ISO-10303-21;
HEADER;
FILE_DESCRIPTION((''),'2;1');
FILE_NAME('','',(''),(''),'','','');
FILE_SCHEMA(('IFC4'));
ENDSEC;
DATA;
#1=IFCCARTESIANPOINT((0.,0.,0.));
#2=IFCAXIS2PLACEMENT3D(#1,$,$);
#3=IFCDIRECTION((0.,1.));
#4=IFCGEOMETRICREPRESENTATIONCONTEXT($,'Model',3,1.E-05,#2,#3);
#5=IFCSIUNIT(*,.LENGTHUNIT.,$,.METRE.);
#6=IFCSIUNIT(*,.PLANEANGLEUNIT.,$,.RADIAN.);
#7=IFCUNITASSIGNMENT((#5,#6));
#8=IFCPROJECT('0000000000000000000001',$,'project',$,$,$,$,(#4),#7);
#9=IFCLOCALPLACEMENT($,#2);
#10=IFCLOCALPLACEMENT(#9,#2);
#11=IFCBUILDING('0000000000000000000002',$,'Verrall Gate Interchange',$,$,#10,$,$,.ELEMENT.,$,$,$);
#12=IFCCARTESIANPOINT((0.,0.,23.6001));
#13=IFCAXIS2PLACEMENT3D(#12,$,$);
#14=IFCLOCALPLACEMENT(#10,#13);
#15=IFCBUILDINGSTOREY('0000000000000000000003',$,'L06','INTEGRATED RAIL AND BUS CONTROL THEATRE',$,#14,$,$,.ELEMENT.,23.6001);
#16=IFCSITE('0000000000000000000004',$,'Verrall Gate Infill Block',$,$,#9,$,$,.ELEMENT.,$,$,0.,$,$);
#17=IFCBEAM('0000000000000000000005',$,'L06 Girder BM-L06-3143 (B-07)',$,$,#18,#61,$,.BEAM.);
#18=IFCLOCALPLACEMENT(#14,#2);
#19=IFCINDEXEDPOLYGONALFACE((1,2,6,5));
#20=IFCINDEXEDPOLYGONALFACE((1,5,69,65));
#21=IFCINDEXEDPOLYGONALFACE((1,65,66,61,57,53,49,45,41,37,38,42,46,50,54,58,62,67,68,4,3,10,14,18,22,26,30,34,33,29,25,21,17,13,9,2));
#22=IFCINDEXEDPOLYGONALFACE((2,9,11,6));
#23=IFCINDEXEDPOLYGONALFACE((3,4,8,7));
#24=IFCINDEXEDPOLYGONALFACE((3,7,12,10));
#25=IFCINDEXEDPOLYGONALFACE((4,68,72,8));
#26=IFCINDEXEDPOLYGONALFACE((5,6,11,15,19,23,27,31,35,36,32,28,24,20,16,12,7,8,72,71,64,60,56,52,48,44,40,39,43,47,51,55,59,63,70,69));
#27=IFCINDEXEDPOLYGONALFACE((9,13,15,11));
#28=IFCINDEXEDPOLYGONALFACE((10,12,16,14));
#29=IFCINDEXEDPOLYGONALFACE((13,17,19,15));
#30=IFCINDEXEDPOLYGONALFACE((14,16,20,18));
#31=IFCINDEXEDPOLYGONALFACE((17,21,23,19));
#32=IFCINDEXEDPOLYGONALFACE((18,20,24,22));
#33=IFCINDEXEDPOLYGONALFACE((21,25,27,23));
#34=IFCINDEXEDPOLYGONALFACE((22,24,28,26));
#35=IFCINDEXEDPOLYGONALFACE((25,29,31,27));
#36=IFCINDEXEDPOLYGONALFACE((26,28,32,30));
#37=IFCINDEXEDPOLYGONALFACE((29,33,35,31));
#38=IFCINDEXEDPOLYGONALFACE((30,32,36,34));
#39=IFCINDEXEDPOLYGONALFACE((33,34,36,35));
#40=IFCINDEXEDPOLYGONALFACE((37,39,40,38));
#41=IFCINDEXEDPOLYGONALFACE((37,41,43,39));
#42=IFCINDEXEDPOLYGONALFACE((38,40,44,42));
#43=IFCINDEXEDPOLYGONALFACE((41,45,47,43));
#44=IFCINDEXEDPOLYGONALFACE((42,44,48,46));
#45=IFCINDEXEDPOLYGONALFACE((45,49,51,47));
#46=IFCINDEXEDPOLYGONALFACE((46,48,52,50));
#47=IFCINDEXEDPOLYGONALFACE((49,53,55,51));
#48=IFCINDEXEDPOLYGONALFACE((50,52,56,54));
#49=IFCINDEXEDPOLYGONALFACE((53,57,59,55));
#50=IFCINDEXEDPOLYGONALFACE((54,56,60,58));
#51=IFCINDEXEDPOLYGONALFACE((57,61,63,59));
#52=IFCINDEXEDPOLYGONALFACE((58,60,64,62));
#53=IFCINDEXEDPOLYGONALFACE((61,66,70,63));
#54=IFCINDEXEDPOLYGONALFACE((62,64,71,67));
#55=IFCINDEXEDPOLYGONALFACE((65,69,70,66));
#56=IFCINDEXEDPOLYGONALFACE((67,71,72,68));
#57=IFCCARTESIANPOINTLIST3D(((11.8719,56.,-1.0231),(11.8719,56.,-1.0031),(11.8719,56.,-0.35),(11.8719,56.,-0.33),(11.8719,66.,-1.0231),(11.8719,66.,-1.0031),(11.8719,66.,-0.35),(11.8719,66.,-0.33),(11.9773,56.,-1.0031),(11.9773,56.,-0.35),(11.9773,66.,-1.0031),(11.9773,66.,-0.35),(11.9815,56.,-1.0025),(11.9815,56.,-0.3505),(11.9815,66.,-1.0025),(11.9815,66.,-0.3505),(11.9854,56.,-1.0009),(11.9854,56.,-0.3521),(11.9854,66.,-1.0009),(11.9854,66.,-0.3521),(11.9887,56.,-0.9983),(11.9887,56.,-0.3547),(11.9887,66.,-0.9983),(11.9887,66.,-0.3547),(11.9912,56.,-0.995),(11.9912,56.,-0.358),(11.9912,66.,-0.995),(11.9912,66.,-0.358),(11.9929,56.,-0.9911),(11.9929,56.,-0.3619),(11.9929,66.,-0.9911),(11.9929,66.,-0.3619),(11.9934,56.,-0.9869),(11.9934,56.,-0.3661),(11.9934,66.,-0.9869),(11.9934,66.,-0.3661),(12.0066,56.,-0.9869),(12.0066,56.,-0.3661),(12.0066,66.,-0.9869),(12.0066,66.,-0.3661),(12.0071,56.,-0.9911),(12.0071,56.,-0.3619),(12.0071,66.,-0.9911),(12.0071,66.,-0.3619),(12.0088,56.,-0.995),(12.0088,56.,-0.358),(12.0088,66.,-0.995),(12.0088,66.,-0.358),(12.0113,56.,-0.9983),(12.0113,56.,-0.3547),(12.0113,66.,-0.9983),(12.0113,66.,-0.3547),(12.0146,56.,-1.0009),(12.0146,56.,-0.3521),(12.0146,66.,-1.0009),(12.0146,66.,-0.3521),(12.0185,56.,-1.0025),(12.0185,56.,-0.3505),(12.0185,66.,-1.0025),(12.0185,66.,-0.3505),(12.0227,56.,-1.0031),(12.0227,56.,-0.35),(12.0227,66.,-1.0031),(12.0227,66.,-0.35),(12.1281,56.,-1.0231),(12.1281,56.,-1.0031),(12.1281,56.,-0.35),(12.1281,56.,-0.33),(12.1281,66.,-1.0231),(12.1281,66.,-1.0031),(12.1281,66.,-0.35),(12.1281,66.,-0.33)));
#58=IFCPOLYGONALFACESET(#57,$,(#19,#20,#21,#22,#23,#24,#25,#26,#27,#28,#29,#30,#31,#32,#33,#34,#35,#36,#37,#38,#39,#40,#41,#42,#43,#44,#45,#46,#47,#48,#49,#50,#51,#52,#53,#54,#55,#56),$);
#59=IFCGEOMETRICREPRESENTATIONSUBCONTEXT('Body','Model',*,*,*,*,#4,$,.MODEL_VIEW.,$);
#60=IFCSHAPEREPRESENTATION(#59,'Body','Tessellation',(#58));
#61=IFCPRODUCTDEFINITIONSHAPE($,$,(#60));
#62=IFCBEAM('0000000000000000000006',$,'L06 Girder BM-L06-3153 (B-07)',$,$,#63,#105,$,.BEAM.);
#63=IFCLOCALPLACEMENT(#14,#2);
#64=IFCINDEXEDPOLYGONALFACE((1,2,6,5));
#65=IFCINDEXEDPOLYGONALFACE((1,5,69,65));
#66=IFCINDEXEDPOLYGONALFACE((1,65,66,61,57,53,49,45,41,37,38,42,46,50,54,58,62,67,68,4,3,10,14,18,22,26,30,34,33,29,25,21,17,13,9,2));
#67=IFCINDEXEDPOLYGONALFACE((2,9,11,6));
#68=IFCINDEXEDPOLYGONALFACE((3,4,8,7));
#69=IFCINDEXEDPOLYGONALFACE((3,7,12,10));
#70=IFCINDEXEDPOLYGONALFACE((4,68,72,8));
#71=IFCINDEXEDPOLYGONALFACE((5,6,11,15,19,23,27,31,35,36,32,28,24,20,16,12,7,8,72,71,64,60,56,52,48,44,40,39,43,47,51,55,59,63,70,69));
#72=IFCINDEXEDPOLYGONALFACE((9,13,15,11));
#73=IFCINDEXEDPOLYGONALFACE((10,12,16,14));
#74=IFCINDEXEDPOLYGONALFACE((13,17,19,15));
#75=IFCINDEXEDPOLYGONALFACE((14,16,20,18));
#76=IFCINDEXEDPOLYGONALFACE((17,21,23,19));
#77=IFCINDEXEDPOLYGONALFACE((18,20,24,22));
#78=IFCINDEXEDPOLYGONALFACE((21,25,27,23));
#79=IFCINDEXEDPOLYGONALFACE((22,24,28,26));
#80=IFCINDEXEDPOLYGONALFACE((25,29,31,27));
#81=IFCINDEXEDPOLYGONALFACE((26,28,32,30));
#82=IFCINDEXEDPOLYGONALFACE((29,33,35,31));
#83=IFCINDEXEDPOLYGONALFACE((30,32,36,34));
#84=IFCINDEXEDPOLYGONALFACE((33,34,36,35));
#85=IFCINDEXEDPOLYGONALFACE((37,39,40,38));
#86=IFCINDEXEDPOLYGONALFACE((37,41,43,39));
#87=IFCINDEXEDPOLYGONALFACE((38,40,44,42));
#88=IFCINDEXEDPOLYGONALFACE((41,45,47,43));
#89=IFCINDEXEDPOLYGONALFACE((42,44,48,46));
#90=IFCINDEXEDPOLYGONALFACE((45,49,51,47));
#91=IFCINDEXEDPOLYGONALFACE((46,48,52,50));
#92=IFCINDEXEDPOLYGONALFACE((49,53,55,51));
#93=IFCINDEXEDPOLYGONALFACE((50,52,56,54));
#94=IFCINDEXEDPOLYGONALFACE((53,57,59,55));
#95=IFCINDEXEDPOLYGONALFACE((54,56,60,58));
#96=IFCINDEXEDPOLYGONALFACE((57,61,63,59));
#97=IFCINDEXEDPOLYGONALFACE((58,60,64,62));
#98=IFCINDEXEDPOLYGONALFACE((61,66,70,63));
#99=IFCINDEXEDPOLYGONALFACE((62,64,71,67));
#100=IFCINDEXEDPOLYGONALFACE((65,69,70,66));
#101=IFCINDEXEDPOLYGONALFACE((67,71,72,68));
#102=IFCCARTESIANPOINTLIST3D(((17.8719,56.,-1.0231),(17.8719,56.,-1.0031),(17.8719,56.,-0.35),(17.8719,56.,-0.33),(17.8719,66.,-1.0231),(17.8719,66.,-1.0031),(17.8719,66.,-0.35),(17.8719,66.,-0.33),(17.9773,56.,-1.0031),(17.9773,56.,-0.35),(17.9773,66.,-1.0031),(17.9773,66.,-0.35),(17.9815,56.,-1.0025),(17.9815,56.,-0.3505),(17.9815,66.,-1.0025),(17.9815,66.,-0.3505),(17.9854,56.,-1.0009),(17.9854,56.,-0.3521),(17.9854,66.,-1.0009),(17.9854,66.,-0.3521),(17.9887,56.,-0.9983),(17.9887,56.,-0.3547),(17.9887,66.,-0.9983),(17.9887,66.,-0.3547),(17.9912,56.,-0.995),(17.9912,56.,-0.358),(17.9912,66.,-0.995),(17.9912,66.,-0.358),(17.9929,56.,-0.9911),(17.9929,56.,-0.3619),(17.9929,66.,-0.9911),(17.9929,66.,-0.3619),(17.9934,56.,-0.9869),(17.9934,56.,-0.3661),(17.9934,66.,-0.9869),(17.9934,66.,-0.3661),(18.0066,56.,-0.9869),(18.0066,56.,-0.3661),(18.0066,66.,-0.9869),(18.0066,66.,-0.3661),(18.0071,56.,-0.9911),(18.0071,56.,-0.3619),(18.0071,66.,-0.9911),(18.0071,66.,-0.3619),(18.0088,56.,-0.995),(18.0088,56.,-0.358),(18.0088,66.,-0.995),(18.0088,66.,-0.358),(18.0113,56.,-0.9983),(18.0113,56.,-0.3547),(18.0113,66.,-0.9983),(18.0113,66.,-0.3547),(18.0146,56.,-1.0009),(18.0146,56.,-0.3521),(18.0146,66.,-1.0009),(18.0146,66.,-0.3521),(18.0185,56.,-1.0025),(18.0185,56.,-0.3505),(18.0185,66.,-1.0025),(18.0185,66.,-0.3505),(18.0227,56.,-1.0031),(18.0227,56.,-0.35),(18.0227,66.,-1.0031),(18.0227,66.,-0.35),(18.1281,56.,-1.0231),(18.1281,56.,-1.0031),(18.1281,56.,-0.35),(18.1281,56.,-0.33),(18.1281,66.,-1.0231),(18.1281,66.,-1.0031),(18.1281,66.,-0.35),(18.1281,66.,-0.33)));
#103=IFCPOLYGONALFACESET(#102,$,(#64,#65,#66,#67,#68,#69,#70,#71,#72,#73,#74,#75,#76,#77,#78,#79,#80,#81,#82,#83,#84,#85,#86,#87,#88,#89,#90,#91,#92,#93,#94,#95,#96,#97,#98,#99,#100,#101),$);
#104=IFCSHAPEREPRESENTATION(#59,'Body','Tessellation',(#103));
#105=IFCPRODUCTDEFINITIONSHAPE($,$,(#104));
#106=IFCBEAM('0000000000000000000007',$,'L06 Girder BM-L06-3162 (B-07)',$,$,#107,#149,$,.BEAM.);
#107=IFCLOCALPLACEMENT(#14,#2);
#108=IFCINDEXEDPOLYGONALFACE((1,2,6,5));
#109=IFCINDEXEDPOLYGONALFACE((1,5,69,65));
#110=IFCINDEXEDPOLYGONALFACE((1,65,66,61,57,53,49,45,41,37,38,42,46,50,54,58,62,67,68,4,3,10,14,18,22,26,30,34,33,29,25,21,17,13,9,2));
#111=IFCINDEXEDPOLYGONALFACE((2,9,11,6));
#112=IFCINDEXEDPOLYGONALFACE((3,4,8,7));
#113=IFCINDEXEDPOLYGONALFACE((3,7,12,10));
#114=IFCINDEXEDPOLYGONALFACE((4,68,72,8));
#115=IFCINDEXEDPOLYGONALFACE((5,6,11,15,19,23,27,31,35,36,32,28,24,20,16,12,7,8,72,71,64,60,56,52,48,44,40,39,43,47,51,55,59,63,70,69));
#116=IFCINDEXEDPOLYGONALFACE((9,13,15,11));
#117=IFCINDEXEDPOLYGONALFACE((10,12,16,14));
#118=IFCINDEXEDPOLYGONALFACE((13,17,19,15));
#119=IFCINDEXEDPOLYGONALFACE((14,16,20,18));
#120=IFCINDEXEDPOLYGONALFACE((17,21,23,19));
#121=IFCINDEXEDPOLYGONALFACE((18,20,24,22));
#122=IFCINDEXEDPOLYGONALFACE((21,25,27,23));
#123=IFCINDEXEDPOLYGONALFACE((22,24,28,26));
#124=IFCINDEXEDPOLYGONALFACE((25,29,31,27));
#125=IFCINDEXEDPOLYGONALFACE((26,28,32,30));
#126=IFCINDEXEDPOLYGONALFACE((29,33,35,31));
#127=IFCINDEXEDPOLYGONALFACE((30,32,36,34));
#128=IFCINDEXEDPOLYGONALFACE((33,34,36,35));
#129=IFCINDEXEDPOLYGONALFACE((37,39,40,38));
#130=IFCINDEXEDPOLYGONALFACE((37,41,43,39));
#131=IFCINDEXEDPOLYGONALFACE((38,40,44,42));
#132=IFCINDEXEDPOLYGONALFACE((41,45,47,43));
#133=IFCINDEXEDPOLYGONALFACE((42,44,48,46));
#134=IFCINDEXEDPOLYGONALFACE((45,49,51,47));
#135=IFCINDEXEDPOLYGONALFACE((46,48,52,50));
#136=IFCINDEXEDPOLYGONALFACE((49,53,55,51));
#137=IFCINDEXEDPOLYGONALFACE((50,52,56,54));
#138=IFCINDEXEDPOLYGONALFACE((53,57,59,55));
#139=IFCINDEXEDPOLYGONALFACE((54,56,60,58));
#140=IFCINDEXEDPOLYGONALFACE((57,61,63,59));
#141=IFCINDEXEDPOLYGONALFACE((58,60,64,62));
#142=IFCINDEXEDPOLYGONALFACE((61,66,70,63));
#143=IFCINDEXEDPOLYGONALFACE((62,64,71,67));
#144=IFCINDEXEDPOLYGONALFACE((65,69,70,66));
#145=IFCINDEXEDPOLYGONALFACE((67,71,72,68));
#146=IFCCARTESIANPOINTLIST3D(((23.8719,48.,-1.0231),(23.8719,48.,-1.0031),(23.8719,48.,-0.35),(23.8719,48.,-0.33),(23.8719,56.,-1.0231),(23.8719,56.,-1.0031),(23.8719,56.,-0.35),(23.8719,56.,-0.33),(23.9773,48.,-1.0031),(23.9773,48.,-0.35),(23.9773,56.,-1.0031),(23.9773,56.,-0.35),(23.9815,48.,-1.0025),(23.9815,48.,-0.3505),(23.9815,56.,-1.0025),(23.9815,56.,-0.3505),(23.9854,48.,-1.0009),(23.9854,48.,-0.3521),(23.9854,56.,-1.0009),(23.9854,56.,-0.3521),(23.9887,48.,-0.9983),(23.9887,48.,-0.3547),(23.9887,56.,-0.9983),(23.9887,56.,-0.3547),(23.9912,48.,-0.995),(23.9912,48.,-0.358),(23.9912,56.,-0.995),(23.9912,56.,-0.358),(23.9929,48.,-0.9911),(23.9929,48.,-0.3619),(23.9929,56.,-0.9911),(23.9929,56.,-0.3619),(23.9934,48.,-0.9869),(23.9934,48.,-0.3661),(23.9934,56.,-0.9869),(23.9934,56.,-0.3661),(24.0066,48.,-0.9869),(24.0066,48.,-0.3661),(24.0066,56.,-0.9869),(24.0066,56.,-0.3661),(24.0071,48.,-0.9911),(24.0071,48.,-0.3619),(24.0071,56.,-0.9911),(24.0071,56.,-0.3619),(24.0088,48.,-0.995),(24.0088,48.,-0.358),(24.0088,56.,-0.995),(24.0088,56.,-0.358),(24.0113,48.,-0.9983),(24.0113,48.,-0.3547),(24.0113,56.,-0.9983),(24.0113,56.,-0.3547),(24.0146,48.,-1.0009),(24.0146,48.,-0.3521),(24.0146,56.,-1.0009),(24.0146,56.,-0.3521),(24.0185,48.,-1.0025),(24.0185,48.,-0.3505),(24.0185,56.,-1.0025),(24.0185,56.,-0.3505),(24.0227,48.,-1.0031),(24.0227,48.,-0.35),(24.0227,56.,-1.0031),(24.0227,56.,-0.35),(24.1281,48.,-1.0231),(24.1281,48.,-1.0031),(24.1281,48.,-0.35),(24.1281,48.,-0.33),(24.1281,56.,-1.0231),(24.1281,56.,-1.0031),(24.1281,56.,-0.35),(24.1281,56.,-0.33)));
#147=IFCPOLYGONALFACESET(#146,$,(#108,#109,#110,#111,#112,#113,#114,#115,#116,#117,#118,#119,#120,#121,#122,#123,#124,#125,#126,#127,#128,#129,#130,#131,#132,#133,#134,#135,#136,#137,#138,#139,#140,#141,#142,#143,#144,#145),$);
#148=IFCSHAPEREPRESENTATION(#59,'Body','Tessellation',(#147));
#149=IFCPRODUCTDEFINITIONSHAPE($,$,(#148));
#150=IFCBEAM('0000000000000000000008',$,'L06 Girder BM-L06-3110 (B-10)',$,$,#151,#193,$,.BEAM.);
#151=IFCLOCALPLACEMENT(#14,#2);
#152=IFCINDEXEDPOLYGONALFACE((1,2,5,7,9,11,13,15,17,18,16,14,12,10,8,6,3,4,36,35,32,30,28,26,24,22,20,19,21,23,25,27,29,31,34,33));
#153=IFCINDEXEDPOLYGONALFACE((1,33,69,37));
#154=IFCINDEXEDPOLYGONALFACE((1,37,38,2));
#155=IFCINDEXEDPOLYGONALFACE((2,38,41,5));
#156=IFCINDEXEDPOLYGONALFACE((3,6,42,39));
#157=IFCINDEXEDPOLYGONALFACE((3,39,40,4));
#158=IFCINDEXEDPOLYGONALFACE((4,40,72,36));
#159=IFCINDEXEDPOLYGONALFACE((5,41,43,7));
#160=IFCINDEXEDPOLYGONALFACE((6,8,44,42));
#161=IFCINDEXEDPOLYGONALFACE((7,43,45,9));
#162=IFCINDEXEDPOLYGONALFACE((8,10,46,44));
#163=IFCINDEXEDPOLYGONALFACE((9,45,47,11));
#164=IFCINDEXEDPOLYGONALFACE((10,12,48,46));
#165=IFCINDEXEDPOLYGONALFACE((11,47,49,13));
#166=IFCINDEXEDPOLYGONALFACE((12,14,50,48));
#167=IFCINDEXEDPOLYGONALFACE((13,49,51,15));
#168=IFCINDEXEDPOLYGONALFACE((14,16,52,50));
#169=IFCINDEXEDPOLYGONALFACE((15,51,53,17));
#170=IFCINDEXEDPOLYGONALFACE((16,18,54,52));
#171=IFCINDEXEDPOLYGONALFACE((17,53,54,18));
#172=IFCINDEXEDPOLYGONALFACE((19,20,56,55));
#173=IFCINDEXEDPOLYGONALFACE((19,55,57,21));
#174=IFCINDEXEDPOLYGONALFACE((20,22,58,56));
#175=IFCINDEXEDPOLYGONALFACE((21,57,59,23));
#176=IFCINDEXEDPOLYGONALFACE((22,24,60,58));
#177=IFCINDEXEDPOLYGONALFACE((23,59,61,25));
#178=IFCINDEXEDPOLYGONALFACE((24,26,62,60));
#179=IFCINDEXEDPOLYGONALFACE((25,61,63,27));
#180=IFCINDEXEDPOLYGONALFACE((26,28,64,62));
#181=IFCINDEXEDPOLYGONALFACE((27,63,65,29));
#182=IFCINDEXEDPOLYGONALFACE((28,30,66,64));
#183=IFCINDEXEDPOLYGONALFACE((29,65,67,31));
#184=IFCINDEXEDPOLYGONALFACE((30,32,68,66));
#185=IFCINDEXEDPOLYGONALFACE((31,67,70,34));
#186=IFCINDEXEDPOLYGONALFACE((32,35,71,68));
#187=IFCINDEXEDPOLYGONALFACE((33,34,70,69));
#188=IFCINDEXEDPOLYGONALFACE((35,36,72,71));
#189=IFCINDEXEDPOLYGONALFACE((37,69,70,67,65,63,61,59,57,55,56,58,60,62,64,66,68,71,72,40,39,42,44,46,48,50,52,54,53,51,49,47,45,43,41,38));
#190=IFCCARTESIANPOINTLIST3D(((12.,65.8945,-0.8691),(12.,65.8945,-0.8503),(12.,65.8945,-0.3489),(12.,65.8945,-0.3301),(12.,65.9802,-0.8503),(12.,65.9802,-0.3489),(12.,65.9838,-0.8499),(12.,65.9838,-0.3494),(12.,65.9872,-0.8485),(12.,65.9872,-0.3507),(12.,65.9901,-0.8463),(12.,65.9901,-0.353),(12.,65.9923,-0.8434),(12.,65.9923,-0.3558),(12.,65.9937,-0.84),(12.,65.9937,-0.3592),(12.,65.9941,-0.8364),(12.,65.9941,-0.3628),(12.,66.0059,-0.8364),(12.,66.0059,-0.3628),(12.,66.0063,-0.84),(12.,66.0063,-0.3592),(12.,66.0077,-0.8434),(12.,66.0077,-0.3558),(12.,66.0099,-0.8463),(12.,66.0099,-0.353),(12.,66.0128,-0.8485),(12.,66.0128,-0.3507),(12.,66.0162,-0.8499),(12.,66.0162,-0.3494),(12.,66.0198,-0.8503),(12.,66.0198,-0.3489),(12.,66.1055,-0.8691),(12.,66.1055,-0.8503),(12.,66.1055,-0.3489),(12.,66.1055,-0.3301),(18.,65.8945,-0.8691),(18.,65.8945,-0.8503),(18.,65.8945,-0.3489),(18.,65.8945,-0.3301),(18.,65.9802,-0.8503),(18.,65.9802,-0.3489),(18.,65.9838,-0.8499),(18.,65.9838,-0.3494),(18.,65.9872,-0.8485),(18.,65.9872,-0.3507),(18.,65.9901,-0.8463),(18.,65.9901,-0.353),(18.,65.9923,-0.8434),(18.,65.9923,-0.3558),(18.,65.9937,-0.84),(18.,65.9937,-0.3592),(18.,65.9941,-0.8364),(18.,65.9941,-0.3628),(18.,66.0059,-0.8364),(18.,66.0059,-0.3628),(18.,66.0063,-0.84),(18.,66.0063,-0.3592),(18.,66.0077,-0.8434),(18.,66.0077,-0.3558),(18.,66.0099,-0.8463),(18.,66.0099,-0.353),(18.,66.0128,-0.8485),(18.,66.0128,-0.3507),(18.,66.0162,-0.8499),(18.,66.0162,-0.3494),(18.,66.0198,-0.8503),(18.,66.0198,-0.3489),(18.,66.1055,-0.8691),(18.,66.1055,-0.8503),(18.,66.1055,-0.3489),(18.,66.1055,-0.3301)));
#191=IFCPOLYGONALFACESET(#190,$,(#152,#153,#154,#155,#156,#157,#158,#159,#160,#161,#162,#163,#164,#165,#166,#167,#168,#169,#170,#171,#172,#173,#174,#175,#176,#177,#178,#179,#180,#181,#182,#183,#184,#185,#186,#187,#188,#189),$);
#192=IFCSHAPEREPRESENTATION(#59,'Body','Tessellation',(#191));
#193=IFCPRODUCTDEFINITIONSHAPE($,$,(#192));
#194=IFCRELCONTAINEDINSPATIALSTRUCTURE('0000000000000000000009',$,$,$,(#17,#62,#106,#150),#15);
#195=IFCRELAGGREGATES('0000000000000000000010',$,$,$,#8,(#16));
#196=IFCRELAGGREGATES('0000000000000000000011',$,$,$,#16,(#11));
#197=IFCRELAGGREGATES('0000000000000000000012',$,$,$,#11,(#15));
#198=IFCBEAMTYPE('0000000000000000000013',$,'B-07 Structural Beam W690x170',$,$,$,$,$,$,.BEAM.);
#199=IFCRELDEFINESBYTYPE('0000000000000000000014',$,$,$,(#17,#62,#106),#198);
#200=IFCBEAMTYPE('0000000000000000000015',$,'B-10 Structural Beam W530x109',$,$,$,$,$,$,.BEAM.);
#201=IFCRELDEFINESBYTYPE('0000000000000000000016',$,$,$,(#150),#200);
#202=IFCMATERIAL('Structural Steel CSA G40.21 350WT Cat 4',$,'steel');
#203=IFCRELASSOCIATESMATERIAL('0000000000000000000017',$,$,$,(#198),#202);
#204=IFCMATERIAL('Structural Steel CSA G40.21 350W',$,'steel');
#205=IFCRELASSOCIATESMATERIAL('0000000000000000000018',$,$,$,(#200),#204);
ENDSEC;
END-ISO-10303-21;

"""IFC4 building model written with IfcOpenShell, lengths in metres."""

from ifc_helpers import new_model, si_unit, direction, frame, origin, origin_2d, place, context, subcontext, project, spatial, i_section, extrude, material, material_profile, profile_set, type_object, element, save


model = new_model("IFC4")

# Units and contexts
model_context = context("Model", 3, precision=1e-05, world=origin(), true_north=direction((0.0, 1.0)))
body_context = subcontext(model_context, "Body", "Model", "MODEL_VIEW")
ifc_project = project(units=[si_unit("LENGTHUNIT", "METRE"), si_unit("PLANEANGLEUNIT", "RADIAN")], contexts=[model_context])

# Site, building, storey
site_placement = place(None, origin())
site = spatial("IfcSite", under=ifc_project, at=site_placement, Name="Verrall Gate Infill Block", CompositionType="ELEMENT", RefElevation=0.0)
building_placement = place(site_placement, origin())
building = spatial("IfcBuilding", under=site, at=building_placement, Name="Verrall Gate Interchange", CompositionType="ELEMENT")
storey_placement = place(building_placement, frame((0.0, 0.0, 23.6001)))
storey = spatial("IfcBuildingStorey", under=building, at=storey_placement, Name="L06", Description="INTEGRATED RAIL AND BUS CONTROL THEATRE", CompositionType="ELEMENT", Elevation=23.6001)

# Beams
ifc_material_1 = material(Name="Structural Steel CSA G40.21 350WT Cat 4", Category="steel")
ifc_material_profile_1 = material_profile(ifc_material_1, i_section(OverallWidth=0.2561, OverallDepth=0.6931, WebThickness=0.0132, FlangeThickness=0.02, FilletRadius=0.0161, at=origin_2d()), Name="W690x170")
ifc_profile_set_1 = profile_set([ifc_material_profile_1], Name="Structural Steel CSA G40.21 350WT Cat 4")
beam_type_1 = type_object("IfcBeamType", Name="B-07 Structural Beam W690x170", PredefinedType="BEAM", material=ifc_profile_set_1)
for number, where, z_axis, x_axis, name in (
    (1, (12.0, 56.0, -0.6765), (0.0, 1.0, 0.0), (-1.0, 0.0, 0.0), "L06 Girder BM-L06-3143 (B-07)"),
    (2, (18.0, 56.0, -0.6765), (0.0, 1.0, 0.0), (-1.0, 0.0, 0.0), "L06 Girder BM-L06-3153 (B-07)"),
):
    element("IfcBeam", number, at=place(storey_placement, frame(where, z_axis=z_axis, x_axis=x_axis)), inside=storey, type_object=beam_type_1, Name=name, PredefinedType="BEAM", context=body_context, shape_type="SweptSolid", body=[
        extrude(i_section(OverallWidth=0.2561, OverallDepth=0.6931, WebThickness=0.0132, FlangeThickness=0.02, FilletRadius=0.0161, at=origin_2d()), origin(), (0.0, 0.0, 1.0), 10.0),
    ])
beam_1_placement = place(storey_placement, frame((24.0, 48.0, -0.6765), z_axis=(0.0, 1.0, 0.0), x_axis=(-1.0, 0.0, 0.0)))
element("IfcBeam", 3, at=beam_1_placement, inside=storey, type_object=beam_type_1, Name="L06 Girder BM-L06-3162 (B-07)", PredefinedType="BEAM", context=body_context, shape_type="SweptSolid", body=[
    extrude(i_section(OverallWidth=0.2561, OverallDepth=0.6931, WebThickness=0.0132, FlangeThickness=0.02, FilletRadius=0.0161, at=origin_2d()), origin(), (0.0, 0.0, 1.0), 8.0),
])
ifc_material_2 = material(Name="Structural Steel CSA G40.21 350W", Category="steel")
ifc_material_profile_2 = material_profile(ifc_material_2, i_section(OverallWidth=0.2109, OverallDepth=0.5391, WebThickness=0.0117, FlangeThickness=0.0188, FilletRadius=0.0139, at=origin_2d()), Name="W530x109")
ifc_profile_set_2 = profile_set([ifc_material_profile_2], Name="Structural Steel CSA G40.21 350W")
beam_type_2 = type_object("IfcBeamType", Name="B-10 Structural Beam W530x109", PredefinedType="BEAM", material=ifc_profile_set_2)
beam_2_placement = place(storey_placement, frame((12.0, 66.0, -0.5996), z_axis=(1.0, 0.0, 0.0), x_axis=(0.0, 1.0, 0.0)))
element("IfcBeam", 4, at=beam_2_placement, inside=storey, type_object=beam_type_2, Name="L06 Girder BM-L06-3110 (B-10)", PredefinedType="BEAM", context=body_context, shape_type="SweptSolid", body=[
    extrude(i_section(OverallWidth=0.2109, OverallDepth=0.5391, WebThickness=0.0117, FlangeThickness=0.0188, FilletRadius=0.0139, at=origin_2d()), origin(), (0.0, 0.0, 1.0), 6.0),
])

save(model, "model.ifc")
